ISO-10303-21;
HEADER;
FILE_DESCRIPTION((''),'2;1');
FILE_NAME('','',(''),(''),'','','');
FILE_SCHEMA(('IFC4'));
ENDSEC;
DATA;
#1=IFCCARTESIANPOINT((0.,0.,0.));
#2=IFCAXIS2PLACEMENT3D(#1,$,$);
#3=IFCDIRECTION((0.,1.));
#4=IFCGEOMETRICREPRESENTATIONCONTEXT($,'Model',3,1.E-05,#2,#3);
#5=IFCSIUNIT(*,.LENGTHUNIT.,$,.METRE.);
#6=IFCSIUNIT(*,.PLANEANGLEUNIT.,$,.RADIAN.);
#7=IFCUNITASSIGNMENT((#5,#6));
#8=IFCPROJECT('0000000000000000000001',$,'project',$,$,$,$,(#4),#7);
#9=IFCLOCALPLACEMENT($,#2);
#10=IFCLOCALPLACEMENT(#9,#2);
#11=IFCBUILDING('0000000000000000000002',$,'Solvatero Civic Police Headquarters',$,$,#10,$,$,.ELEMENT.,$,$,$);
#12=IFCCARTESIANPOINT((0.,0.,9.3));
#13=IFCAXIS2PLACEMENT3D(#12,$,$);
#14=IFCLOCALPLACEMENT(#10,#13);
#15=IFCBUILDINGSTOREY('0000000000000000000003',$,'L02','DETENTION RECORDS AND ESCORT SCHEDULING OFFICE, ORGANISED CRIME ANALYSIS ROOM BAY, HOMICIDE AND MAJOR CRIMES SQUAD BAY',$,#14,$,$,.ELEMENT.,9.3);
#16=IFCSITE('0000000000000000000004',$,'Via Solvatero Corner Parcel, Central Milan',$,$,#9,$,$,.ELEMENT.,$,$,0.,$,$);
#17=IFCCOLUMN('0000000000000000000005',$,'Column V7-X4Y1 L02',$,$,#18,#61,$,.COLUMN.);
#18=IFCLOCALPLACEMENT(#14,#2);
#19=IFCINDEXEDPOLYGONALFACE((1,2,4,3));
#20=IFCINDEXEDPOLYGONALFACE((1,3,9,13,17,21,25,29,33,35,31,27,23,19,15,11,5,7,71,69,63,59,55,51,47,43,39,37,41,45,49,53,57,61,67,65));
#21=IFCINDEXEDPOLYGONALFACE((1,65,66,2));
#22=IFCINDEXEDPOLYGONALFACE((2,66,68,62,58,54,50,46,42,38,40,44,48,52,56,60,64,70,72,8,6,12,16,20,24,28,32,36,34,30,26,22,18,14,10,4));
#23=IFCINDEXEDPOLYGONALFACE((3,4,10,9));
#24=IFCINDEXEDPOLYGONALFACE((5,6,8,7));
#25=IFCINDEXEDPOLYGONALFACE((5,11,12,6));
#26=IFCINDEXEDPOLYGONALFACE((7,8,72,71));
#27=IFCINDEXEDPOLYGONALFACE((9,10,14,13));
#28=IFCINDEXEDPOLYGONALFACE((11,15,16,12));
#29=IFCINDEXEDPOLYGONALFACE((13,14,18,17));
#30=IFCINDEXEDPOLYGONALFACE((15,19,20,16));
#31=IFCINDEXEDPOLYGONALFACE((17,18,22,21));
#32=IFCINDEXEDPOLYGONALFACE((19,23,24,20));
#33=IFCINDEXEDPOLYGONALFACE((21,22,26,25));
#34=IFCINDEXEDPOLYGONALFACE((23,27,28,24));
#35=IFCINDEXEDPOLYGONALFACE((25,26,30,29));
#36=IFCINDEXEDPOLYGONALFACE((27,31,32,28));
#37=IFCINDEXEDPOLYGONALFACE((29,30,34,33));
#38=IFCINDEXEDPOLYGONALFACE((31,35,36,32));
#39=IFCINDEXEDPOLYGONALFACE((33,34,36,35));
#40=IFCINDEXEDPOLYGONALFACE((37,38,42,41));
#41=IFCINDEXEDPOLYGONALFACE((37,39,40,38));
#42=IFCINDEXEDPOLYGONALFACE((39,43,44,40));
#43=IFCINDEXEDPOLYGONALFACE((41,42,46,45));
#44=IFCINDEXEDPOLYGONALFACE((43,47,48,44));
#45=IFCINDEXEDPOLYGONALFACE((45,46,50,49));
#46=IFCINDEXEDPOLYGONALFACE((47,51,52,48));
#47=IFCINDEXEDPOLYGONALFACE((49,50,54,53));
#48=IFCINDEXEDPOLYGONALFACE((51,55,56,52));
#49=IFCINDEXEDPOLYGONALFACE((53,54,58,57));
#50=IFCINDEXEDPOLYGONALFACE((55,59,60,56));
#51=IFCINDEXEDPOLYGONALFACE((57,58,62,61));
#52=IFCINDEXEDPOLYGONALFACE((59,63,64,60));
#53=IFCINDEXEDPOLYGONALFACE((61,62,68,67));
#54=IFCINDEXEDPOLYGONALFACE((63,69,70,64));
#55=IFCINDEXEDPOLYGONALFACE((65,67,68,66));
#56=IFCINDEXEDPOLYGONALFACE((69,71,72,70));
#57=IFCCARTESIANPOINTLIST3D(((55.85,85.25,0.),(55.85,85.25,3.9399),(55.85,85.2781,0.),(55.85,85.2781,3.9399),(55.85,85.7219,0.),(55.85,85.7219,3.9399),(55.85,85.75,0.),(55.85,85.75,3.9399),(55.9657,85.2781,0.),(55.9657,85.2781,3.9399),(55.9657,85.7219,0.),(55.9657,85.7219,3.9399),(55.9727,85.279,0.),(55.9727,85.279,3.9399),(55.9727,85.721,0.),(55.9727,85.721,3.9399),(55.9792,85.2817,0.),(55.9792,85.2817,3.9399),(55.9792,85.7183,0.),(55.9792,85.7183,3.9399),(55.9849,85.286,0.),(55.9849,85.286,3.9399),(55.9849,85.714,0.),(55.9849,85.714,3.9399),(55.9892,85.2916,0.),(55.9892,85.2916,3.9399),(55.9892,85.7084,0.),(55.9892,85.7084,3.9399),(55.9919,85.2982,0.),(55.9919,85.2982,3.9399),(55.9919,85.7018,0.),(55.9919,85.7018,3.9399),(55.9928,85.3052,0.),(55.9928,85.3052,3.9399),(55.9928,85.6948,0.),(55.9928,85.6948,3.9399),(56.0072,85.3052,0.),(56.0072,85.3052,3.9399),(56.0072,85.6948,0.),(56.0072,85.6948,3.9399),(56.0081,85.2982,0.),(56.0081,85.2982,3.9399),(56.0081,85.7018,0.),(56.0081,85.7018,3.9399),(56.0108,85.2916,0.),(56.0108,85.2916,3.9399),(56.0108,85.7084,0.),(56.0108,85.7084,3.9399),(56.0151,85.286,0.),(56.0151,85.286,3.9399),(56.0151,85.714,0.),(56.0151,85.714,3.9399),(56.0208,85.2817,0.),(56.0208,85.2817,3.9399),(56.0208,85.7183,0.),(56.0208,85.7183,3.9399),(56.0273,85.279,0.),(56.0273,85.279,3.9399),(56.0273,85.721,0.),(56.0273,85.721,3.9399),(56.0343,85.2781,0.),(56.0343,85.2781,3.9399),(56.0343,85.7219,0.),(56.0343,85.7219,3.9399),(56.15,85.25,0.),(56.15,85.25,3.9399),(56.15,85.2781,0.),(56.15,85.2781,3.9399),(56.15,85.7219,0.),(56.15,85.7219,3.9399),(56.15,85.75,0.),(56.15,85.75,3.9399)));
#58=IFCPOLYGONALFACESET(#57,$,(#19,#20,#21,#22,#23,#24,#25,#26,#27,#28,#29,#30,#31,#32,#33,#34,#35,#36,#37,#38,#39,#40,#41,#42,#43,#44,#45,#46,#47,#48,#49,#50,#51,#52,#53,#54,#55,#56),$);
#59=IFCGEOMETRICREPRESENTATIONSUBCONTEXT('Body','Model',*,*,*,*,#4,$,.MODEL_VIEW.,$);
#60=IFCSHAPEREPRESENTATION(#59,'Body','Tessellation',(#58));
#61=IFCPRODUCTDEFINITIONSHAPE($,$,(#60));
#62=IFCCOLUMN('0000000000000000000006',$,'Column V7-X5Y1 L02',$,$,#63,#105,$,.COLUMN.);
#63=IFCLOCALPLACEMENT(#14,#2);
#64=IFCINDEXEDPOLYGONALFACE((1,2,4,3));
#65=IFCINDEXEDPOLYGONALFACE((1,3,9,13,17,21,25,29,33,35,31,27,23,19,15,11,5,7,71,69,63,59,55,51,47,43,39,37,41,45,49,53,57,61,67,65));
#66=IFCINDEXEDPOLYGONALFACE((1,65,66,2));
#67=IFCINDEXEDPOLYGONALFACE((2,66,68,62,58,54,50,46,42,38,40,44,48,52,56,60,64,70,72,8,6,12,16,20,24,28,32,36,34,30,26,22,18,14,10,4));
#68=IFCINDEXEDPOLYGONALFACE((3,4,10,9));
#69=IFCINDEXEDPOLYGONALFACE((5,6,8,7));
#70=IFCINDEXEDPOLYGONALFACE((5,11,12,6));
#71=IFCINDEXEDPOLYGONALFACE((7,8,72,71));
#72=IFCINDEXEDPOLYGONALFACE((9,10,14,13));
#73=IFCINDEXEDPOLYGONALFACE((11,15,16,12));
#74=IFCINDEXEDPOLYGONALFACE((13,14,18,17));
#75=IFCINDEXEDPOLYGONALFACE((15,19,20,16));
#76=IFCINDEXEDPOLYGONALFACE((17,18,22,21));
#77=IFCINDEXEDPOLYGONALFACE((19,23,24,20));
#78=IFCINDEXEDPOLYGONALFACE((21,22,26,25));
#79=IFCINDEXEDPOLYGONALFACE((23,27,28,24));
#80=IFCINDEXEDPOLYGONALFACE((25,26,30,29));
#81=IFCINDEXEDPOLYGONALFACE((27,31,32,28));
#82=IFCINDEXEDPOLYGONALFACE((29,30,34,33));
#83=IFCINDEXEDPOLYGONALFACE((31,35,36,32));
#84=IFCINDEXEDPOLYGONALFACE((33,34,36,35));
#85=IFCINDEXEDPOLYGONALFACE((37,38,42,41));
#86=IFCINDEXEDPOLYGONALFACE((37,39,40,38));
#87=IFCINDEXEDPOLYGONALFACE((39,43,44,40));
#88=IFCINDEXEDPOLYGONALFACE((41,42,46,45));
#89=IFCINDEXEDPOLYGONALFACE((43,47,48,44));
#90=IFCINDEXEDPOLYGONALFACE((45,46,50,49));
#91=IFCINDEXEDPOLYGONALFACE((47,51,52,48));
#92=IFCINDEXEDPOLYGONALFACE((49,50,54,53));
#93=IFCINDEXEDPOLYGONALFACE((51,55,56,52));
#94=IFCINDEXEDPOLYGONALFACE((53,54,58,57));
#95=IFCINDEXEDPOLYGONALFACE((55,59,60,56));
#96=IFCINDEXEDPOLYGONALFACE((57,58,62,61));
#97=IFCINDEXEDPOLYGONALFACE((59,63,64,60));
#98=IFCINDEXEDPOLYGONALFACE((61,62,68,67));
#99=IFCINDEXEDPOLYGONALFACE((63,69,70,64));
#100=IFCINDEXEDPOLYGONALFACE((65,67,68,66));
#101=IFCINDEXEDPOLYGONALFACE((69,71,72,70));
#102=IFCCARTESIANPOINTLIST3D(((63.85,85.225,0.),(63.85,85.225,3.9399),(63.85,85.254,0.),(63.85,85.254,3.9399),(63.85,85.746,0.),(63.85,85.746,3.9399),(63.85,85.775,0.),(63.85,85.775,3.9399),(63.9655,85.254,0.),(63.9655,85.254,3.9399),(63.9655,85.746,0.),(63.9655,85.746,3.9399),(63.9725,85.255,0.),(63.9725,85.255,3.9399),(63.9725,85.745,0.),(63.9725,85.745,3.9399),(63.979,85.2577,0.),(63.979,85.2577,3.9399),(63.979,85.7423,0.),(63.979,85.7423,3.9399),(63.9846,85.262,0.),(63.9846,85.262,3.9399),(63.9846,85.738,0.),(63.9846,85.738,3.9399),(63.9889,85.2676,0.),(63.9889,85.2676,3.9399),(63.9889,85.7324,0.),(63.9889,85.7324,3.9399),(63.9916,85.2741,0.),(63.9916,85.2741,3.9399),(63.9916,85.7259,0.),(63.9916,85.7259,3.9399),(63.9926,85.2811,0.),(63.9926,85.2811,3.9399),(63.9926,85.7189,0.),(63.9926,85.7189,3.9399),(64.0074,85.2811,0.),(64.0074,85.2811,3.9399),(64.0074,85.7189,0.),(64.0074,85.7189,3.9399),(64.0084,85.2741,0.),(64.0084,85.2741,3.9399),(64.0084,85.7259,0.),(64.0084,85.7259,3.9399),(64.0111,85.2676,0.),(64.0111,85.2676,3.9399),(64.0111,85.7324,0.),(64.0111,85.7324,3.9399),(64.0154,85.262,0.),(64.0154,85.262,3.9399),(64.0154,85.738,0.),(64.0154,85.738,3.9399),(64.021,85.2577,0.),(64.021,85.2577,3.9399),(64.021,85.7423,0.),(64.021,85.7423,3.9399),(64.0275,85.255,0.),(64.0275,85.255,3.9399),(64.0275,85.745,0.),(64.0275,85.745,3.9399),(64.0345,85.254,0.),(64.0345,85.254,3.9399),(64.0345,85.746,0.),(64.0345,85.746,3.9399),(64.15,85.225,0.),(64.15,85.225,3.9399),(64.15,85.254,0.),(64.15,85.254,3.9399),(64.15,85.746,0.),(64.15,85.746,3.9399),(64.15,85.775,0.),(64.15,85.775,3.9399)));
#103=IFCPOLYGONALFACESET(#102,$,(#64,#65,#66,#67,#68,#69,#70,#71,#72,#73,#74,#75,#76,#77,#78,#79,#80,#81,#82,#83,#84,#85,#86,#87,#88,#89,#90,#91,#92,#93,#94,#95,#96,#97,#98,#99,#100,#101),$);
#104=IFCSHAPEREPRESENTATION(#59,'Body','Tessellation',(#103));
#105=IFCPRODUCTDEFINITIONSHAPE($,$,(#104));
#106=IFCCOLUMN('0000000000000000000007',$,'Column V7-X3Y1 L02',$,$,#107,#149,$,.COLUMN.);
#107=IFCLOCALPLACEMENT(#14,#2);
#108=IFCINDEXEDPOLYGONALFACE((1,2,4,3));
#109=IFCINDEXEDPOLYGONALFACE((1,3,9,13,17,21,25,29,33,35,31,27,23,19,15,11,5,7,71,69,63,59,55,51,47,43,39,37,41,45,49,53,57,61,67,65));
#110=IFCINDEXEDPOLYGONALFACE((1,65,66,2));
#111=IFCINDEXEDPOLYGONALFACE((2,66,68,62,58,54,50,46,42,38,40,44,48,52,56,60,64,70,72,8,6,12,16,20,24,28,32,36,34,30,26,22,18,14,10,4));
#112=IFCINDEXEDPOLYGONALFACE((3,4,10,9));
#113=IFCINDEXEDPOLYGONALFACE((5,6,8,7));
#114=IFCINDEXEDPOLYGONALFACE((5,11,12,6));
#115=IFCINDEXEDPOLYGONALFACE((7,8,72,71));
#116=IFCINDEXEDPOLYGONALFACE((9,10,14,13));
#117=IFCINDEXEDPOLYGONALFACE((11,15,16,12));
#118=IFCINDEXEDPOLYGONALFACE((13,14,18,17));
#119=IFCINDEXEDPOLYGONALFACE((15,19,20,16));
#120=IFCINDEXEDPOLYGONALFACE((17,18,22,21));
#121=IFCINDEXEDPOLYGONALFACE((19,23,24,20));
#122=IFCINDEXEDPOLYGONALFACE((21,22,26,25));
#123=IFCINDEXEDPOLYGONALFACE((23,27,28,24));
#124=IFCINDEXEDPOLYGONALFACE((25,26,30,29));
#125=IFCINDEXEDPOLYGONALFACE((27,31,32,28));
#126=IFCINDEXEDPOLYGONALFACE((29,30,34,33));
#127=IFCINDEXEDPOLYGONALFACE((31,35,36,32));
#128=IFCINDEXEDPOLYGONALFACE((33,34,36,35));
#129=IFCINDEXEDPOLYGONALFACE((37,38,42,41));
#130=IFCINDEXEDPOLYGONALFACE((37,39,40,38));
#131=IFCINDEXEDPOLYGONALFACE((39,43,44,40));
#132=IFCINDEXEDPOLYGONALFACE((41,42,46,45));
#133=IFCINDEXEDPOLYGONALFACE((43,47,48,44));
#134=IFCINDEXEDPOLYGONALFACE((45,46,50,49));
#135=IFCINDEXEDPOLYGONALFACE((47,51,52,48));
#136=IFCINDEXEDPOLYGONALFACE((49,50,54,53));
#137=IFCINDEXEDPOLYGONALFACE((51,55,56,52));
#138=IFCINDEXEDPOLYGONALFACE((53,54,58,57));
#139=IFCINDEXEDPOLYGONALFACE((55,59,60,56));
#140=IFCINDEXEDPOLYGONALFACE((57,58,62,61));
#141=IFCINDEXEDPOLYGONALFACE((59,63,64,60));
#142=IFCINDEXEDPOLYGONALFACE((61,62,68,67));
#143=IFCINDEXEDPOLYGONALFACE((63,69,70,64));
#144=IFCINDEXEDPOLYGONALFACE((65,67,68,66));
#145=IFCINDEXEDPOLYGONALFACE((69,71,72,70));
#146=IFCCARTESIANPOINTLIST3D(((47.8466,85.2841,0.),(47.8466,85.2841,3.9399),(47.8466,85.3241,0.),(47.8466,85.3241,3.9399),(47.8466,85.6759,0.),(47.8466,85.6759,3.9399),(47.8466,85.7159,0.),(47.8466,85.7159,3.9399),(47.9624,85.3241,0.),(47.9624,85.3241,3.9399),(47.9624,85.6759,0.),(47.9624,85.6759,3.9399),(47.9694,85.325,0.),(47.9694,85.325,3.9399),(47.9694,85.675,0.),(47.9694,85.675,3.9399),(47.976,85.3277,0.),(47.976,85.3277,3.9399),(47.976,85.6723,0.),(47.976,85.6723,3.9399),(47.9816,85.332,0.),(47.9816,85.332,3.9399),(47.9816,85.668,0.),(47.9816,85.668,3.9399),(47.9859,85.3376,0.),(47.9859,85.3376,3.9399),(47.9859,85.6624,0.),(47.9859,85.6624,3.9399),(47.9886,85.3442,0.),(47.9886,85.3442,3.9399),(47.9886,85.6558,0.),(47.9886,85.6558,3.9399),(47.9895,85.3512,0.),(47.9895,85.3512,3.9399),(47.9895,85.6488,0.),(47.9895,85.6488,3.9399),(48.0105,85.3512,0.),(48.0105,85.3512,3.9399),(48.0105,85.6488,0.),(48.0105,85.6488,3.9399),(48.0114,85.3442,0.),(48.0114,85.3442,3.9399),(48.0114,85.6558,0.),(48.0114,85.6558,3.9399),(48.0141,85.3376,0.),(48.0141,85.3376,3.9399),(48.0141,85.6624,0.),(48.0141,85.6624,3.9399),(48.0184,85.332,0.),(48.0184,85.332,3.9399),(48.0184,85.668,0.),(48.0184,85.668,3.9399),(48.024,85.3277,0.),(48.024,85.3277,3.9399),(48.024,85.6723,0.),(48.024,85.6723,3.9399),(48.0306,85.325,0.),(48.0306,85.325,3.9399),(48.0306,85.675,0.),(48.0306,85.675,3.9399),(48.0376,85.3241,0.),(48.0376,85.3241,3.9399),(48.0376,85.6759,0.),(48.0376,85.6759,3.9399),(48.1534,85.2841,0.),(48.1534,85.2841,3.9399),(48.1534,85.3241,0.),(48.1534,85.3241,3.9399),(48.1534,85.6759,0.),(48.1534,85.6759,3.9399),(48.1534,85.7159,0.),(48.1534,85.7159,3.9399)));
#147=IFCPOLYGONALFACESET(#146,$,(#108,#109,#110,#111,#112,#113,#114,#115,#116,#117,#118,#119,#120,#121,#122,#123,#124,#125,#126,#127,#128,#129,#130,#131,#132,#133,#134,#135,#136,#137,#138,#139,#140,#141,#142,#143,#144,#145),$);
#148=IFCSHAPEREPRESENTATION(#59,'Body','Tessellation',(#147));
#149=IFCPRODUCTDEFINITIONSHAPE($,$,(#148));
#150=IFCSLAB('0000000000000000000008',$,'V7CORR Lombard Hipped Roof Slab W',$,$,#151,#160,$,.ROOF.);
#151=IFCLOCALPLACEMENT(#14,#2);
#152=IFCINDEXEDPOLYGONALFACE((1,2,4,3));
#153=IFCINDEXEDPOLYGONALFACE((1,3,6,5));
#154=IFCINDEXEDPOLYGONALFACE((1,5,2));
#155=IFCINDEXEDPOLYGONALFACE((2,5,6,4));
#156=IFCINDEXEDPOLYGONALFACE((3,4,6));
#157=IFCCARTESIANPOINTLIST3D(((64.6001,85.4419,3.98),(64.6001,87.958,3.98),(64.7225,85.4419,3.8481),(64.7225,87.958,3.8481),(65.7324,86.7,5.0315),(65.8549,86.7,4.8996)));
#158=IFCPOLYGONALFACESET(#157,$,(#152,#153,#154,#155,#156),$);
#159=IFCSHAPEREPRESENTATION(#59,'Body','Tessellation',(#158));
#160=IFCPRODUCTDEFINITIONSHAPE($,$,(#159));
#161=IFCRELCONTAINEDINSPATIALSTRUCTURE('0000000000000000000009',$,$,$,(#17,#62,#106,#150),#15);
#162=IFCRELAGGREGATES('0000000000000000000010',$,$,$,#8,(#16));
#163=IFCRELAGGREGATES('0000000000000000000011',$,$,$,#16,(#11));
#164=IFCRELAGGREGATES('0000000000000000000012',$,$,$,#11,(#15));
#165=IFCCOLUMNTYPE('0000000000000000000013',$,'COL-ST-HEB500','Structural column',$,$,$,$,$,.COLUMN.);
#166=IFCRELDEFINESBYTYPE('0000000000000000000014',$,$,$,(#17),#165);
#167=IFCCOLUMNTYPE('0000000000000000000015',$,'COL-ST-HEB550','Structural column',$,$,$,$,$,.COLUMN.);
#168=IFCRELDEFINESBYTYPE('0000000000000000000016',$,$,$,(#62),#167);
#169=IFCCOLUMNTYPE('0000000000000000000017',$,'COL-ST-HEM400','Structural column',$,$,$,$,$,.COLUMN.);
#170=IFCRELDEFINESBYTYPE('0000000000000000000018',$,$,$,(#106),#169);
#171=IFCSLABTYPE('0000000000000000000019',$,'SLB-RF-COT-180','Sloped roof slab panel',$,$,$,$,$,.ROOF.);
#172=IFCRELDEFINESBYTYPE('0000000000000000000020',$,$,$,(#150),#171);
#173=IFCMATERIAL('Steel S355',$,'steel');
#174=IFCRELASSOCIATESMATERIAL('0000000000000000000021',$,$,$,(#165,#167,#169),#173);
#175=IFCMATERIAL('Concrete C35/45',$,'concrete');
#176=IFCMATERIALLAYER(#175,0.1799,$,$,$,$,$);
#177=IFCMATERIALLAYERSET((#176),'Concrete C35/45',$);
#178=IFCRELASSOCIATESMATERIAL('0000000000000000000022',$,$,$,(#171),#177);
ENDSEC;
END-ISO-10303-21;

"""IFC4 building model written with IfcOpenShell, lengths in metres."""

from ifc_helpers import new_model, si_unit, direction, frame, origin, origin_2d, place, context, subcontext, project, spatial, polyline, i_section, outline, extrude, material, layer, layer_set, material_profile, profile_set, type_object, element, save


model = new_model("IFC4")

# Units and contexts
model_context = context("Model", 3, precision=1e-05, world=origin(), true_north=direction((0.0, 1.0)))
body_context = subcontext(model_context, "Body", "Model", "MODEL_VIEW")
ifc_project = project(units=[si_unit("LENGTHUNIT", "METRE"), si_unit("PLANEANGLEUNIT", "RADIAN")], contexts=[model_context])

# Site, building, storey
site_placement = place(None, origin())
site = spatial("IfcSite", under=ifc_project, at=site_placement, Name="Via Solvatero Corner Parcel, Central Milan", CompositionType="ELEMENT", RefElevation=0.0)
building_placement = place(site_placement, origin())
building = spatial("IfcBuilding", under=site, at=building_placement, Name="Solvatero Civic Police Headquarters", CompositionType="ELEMENT")
storey_placement = place(building_placement, frame((0.0, 0.0, 9.3)))
storey = spatial("IfcBuildingStorey", under=building, at=storey_placement, Name="L02", Description="DETENTION RECORDS AND ESCORT SCHEDULING OFFICE, ORGANISED CRIME ANALYSIS ROOM BAY, HOMICIDE AND MAJOR CRIMES SQUAD BAY", CompositionType="ELEMENT", Elevation=9.3)

# Columns
ifc_material_1 = material(Name="Steel S355", Category="steel")
ifc_material_profile_1 = material_profile(ifc_material_1, i_section(OverallWidth=0.3, OverallDepth=0.5, WebThickness=0.0144, FlangeThickness=0.0281, FilletRadius=0.0271, at=origin_2d()), Name="HEB 500")
ifc_profile_set_1 = profile_set([ifc_material_profile_1], Name="Steel S355")
column_type_1 = type_object("IfcColumnType", Name="COL-ST-HEB500", Description="Structural column", PredefinedType="COLUMN", material=ifc_profile_set_1)
column_1_placement = place(storey_placement, frame((56.0, 85.5, 0.0), z_axis=(0.0, 0.0, 1.0), x_axis=(1.0, 0.0, 0.0)))
element("IfcColumn", 1, at=column_1_placement, inside=storey, type_object=column_type_1, Name="Column V7-X4Y1 L02", PredefinedType="COLUMN", context=body_context, shape_type="SweptSolid", body=[
    extrude(i_section(OverallWidth=0.3, OverallDepth=0.5, WebThickness=0.0144, FlangeThickness=0.0281, FilletRadius=0.0271, at=origin_2d()), origin(), (0.0, 0.0, 1.0), 3.9399),
])
ifc_material_profile_2 = material_profile(ifc_material_1, i_section(OverallWidth=0.3, OverallDepth=0.55, WebThickness=0.0149, FlangeThickness=0.0291, FilletRadius=0.0271, at=origin_2d()), Name="HEB 550")
ifc_profile_set_2 = profile_set([ifc_material_profile_2], Name="Steel S355")
column_type_2 = type_object("IfcColumnType", Name="COL-ST-HEB550", Description="Structural column", PredefinedType="COLUMN", material=ifc_profile_set_2)
column_2_placement = place(storey_placement, frame((64.0, 85.5, 0.0), z_axis=(0.0, 0.0, 1.0), x_axis=(1.0, 0.0, 0.0)))
element("IfcColumn", 2, at=column_2_placement, inside=storey, type_object=column_type_2, Name="Column V7-X5Y1 L02", PredefinedType="COLUMN", context=body_context, shape_type="SweptSolid", body=[
    extrude(i_section(OverallWidth=0.3, OverallDepth=0.55, WebThickness=0.0149, FlangeThickness=0.0291, FilletRadius=0.0271, at=origin_2d()), origin(), (0.0, 0.0, 1.0), 3.9399),
])
ifc_material_profile_3 = material_profile(ifc_material_1, i_section(OverallWidth=0.3069, OverallDepth=0.4319, WebThickness=0.021, FlangeThickness=0.04, FilletRadius=0.0271, at=origin_2d()), Name="HEM 400")
ifc_profile_set_3 = profile_set([ifc_material_profile_3], Name="Steel S355")
column_type_3 = type_object("IfcColumnType", Name="COL-ST-HEM400", Description="Structural column", PredefinedType="COLUMN", material=ifc_profile_set_3)
column_3_placement = place(storey_placement, frame((48.0, 85.5, 0.0), z_axis=(0.0, 0.0, 1.0), x_axis=(1.0, 0.0, 0.0)))
element("IfcColumn", 3, at=column_3_placement, inside=storey, type_object=column_type_3, Name="Column V7-X3Y1 L02", PredefinedType="COLUMN", context=body_context, shape_type="SweptSolid", body=[
    extrude(i_section(OverallWidth=0.3069, OverallDepth=0.4319, WebThickness=0.021, FlangeThickness=0.04, FilletRadius=0.0271, at=origin_2d()), origin(), (0.0, 0.0, 1.0), 3.9399),
])

# Slab
ifc_material_2 = material(Name="Concrete C35/45", Category="concrete")
ifc_layer_1 = layer(ifc_material_2, 0.1799)
ifc_layer_set_1 = layer_set([ifc_layer_1], Name="Concrete C35/45")
slab_type = type_object("IfcSlabType", Name="SLB-RF-COT-180", Description="Sloped roof slab panel", PredefinedType="ROOF", material=ifc_layer_set_1)
slab_placement = place(storey_placement, frame((64.6001, 85.4419, 3.98), z_axis=(-0.680475, 0.0, 0.732771), x_axis=(0.0, 1.0, 0.0)))
element("IfcSlab", 4, at=slab_placement, inside=storey, type_object=slab_type, Name="V7CORR Lombard Hipped Roof Slab W", PredefinedType="ROOF", context=body_context, shape_type="SweptSolid", body=[
    extrude(outline(polyline([(0.0, 0.0), (2.5161, 0.0), (1.2581, -1.5453), (0.0, 0.0)])), origin(), (0.0, 0.0, -1.0), 0.1799),
])

save(model, "model.ifc")
